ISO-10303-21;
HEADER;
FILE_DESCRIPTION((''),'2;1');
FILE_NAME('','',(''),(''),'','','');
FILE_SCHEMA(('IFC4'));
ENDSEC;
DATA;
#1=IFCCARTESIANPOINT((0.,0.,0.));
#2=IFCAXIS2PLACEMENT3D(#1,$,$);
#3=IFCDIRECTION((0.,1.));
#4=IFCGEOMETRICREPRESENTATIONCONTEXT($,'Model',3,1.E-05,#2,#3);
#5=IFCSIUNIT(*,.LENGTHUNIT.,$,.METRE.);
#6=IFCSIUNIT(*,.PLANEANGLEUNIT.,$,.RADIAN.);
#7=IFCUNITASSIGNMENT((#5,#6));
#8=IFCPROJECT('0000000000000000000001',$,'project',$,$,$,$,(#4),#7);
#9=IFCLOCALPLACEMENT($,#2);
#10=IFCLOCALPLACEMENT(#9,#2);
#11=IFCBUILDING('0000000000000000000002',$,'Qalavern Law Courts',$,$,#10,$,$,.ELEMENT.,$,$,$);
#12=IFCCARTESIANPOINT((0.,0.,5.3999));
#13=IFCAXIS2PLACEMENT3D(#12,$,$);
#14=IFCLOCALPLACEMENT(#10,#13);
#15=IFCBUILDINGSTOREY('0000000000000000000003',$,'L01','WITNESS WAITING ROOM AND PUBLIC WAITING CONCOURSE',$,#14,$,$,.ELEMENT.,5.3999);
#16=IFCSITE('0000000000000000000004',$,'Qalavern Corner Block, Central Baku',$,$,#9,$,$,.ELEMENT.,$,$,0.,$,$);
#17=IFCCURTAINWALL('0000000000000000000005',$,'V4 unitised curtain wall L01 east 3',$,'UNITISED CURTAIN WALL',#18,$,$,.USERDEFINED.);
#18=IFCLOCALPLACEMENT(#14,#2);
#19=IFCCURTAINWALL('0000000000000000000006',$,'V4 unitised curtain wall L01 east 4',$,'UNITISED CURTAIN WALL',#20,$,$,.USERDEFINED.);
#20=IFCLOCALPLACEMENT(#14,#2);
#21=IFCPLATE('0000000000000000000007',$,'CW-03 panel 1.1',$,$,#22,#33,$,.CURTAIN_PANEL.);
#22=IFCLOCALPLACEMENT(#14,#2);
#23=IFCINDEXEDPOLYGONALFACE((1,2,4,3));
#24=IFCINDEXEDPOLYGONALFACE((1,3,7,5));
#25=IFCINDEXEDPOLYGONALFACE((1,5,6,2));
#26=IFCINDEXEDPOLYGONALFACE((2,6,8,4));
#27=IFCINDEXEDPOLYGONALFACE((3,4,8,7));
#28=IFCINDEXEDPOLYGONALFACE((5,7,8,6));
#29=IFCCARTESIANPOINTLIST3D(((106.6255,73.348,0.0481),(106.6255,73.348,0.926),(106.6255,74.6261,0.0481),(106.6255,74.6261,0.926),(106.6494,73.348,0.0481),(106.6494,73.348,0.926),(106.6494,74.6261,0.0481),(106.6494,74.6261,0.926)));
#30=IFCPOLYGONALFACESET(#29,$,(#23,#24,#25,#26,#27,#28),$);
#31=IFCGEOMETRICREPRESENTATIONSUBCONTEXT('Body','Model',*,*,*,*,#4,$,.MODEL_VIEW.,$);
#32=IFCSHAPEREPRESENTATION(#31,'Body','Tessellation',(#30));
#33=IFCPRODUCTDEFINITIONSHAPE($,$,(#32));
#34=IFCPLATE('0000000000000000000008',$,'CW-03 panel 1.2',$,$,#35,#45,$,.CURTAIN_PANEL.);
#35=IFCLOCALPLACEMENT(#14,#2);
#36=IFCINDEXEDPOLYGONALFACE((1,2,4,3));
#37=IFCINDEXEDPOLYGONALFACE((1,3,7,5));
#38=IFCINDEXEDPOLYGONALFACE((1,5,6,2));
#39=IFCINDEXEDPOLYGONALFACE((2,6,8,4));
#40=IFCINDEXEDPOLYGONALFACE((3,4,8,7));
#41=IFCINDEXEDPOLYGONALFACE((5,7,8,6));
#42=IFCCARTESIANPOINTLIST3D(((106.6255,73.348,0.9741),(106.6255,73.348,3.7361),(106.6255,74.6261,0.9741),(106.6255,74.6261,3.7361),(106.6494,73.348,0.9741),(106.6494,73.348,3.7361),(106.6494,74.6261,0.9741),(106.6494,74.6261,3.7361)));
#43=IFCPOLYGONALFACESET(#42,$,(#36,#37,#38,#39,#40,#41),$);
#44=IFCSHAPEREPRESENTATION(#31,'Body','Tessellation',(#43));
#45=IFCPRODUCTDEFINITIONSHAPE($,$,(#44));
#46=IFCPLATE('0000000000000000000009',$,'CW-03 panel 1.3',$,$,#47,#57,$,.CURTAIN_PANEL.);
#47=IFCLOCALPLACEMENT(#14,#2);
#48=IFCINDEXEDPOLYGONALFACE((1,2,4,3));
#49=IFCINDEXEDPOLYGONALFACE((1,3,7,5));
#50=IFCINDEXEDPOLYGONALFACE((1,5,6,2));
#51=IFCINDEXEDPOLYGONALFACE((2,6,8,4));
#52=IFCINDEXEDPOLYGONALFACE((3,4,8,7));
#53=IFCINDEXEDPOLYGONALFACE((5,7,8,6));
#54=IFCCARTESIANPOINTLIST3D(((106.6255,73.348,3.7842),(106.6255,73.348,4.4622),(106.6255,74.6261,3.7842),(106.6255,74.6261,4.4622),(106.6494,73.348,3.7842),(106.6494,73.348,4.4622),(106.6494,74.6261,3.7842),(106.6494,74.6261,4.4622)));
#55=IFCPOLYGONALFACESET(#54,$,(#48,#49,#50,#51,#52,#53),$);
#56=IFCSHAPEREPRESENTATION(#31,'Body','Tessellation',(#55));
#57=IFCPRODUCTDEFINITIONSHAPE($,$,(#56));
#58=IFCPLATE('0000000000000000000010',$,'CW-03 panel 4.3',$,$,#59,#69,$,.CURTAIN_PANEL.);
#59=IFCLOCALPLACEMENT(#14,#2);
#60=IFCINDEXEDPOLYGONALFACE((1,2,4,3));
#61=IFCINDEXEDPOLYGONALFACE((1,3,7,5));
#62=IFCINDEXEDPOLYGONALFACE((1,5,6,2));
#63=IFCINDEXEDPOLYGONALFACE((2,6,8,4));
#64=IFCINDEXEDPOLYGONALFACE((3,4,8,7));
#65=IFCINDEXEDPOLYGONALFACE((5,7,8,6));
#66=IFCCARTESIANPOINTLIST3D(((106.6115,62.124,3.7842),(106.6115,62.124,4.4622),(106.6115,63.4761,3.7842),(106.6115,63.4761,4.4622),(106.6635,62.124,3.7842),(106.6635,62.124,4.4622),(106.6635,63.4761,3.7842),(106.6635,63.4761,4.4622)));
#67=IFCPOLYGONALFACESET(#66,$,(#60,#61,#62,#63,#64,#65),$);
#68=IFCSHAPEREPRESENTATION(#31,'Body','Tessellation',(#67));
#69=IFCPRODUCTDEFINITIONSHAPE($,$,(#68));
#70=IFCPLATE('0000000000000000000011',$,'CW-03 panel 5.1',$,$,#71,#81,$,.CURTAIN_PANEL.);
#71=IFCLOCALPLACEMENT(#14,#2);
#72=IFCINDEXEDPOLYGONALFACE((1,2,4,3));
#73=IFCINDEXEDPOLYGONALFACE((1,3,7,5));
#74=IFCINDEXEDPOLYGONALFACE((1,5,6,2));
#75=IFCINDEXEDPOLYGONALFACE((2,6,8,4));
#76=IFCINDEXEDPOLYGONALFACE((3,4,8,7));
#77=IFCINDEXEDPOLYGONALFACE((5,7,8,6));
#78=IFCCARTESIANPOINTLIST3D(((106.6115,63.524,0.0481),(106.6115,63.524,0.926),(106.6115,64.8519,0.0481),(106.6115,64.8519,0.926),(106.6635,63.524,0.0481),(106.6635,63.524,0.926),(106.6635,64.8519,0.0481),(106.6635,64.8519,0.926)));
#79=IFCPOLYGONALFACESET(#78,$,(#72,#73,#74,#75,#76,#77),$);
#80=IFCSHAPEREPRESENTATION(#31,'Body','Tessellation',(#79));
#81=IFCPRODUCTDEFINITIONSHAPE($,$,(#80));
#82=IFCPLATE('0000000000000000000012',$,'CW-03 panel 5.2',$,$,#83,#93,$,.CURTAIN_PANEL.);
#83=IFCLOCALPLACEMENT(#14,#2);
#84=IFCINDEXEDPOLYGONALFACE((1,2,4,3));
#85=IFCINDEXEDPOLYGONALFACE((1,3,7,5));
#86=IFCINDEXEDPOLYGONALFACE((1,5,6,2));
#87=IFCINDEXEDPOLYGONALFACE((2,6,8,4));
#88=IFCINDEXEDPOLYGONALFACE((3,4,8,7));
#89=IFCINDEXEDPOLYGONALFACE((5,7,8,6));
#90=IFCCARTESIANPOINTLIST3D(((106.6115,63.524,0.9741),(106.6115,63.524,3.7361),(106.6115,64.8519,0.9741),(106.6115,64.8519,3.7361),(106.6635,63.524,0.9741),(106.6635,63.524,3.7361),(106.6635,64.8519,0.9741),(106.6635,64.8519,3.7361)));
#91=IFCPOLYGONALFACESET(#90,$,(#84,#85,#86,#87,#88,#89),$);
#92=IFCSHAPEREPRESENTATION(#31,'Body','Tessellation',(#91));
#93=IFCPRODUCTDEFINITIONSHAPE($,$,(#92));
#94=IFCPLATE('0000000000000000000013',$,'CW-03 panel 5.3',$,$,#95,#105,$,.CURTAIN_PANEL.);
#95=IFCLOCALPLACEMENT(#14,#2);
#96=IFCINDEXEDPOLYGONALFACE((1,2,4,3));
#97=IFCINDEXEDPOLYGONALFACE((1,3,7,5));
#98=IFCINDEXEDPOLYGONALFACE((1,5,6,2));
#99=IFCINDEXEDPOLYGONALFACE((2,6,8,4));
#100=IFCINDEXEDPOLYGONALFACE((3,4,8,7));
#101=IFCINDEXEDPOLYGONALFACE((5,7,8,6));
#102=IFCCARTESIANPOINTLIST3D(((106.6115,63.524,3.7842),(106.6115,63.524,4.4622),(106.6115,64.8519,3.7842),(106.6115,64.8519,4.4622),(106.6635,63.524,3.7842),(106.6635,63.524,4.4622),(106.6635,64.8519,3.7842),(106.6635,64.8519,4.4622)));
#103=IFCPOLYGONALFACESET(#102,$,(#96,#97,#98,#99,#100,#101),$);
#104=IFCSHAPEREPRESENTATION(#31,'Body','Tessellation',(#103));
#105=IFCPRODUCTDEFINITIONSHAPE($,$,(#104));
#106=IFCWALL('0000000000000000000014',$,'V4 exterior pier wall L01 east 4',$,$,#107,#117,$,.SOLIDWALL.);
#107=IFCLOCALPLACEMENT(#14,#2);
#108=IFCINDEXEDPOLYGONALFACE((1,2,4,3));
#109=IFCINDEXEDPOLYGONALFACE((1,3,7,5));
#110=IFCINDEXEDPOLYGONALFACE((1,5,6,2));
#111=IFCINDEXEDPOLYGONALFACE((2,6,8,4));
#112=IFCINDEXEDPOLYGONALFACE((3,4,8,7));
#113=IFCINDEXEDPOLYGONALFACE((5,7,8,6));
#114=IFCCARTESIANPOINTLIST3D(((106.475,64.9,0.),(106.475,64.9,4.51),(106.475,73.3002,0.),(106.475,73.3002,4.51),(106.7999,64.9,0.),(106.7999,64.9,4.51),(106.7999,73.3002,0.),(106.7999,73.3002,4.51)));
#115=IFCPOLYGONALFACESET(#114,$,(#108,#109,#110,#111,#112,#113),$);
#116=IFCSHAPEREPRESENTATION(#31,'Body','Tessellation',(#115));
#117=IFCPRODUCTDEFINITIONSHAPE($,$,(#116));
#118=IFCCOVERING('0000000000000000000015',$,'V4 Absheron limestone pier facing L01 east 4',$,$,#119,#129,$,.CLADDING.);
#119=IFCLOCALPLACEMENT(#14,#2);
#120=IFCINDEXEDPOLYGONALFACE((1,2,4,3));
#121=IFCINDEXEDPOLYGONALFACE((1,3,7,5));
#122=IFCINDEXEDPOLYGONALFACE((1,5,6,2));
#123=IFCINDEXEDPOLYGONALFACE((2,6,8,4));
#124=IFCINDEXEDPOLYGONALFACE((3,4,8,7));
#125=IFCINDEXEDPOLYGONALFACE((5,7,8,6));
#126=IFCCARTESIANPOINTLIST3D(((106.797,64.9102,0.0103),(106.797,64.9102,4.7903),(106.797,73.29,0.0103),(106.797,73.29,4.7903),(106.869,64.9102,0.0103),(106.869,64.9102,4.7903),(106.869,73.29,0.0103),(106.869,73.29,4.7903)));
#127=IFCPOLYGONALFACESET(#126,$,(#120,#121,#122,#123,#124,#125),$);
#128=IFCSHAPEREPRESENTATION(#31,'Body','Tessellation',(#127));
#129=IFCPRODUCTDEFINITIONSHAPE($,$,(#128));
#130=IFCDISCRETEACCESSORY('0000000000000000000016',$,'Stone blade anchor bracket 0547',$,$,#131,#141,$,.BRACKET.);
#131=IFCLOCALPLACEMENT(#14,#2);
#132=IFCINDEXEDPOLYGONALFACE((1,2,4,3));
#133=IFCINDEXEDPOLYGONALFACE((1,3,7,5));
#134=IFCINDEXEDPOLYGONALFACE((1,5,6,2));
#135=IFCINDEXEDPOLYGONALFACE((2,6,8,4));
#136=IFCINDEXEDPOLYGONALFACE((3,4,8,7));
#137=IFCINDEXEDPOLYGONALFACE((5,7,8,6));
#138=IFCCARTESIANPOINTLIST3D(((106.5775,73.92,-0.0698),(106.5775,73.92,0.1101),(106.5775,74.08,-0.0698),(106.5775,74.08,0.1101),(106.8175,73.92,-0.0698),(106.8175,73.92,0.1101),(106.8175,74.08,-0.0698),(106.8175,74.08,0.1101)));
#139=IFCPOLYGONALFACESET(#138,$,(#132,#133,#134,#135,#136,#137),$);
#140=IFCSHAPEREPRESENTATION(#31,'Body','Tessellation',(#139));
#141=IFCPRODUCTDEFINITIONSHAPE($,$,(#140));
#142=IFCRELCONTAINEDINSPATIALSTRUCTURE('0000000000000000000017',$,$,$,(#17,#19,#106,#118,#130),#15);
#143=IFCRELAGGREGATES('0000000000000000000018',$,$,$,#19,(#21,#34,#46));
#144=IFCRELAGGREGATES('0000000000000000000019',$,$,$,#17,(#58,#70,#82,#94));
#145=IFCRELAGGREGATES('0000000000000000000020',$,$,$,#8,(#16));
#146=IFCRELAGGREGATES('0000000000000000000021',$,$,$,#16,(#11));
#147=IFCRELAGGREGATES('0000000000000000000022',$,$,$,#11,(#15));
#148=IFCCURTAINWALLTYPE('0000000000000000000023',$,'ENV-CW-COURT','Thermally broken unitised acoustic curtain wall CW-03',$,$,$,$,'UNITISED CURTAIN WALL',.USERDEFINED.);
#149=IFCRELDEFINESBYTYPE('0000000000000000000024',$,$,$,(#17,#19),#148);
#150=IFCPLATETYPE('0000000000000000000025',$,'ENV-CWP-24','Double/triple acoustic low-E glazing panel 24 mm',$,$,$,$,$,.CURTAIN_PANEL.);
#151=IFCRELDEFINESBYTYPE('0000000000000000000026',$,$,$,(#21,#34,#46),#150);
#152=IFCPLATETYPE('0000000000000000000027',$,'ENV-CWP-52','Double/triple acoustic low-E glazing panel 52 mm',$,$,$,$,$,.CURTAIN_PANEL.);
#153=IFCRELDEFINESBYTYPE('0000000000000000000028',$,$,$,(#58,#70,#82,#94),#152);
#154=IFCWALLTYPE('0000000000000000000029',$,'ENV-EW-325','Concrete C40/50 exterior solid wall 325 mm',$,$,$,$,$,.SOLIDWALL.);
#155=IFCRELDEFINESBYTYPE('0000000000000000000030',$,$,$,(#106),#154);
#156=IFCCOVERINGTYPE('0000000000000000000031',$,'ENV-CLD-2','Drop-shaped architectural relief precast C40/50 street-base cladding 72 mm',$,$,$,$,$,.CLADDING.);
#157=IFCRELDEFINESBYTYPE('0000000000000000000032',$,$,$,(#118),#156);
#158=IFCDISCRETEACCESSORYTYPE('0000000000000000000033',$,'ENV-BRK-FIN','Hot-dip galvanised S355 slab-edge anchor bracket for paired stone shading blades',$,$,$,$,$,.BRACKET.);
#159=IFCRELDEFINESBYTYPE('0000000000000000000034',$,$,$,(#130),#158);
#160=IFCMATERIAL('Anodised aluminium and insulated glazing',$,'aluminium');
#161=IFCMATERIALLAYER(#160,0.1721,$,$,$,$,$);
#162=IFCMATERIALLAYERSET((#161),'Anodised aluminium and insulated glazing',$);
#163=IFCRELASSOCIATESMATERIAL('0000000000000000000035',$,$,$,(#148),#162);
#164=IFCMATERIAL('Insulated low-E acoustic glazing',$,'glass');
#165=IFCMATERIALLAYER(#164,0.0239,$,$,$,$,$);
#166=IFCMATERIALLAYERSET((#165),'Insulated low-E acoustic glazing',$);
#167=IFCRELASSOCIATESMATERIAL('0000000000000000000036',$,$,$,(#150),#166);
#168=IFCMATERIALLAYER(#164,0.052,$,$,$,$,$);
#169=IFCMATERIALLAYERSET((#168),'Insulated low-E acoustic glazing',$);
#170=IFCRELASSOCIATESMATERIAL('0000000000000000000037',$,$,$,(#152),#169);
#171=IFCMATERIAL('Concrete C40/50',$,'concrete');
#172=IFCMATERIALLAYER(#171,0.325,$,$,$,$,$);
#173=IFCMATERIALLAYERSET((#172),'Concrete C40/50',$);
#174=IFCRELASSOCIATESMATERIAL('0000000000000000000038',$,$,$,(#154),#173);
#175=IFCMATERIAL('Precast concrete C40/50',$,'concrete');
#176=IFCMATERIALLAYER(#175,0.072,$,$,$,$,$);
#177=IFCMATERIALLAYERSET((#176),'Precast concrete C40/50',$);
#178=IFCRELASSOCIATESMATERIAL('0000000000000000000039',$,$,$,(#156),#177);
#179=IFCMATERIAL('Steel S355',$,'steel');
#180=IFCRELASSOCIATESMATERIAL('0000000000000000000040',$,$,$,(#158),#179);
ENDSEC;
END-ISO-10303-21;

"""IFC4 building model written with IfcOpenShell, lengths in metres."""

from ifc_helpers import new_model, si_unit, direction, frame, frame_2d, origin, origin_2d, place, context, subcontext, project, spatial, rectangle, extrude, material, layer, layer_set, type_object, element, aggregate, save


model = new_model("IFC4")

# Units and contexts
model_context = context("Model", 3, precision=1e-05, world=origin(), true_north=direction((0.0, 1.0)))
body_context = subcontext(model_context, "Body", "Model", "MODEL_VIEW")
ifc_project = project(units=[si_unit("LENGTHUNIT", "METRE"), si_unit("PLANEANGLEUNIT", "RADIAN")], contexts=[model_context])

# Site, building, storey
site_placement = place(None, origin())
site = spatial("IfcSite", under=ifc_project, at=site_placement, Name="Qalavern Corner Block, Central Baku", CompositionType="ELEMENT", RefElevation=0.0)
building_placement = place(site_placement, origin())
building = spatial("IfcBuilding", under=site, at=building_placement, Name="Qalavern Law Courts", CompositionType="ELEMENT")
storey_placement = place(building_placement, frame((0.0, 0.0, 5.3999)))
storey = spatial("IfcBuildingStorey", under=building, at=storey_placement, Name="L01", Description="WITNESS WAITING ROOM AND PUBLIC WAITING CONCOURSE", CompositionType="ELEMENT", Elevation=5.3999)

# Curtain wall
ifc_material_1 = material(Name="Anodised aluminium and insulated glazing", Category="aluminium")
ifc_layer_1 = layer(ifc_material_1, 0.1721)
ifc_layer_set_1 = layer_set([ifc_layer_1], Name="Anodised aluminium and insulated glazing")
curtain_wall_type = type_object("IfcCurtainWallType", Name="ENV-CW-COURT", Description="Thermally broken unitised acoustic curtain wall CW-03", ElementType="UNITISED CURTAIN WALL", PredefinedType="USERDEFINED", material=ifc_layer_set_1)
curtain_wall_1_placement = place(storey_placement, origin())
curtain_wall_1 = element("IfcCurtainWall", 1, at=curtain_wall_1_placement, inside=storey, type_object=curtain_wall_type, Name="V4 unitised curtain wall L01 east 3", ObjectType="UNITISED CURTAIN WALL", PredefinedType="USERDEFINED")

# Curtain wall
curtain_wall_2_placement = place(storey_placement, origin())
curtain_wall_2 = element("IfcCurtainWall", 2, at=curtain_wall_2_placement, inside=storey, type_object=curtain_wall_type, Name="V4 unitised curtain wall L01 east 4", ObjectType="UNITISED CURTAIN WALL", PredefinedType="USERDEFINED")

# Plates
ifc_material_2 = material(Name="Insulated low-E acoustic glazing", Category="glass")
ifc_layer_2 = layer(ifc_material_2, 0.0239)
ifc_layer_set_2 = layer_set([ifc_layer_2], Name="Insulated low-E acoustic glazing")
plate_type_1 = type_object("IfcPlateType", Name="ENV-CWP-24", Description="Double/triple acoustic low-E glazing panel 24 mm", PredefinedType="CURTAIN_PANEL", material=ifc_layer_set_2)
plate_1_placement = place(storey_placement, frame((106.6375, 73.9871, 0.0481), z_axis=(0.0, 0.0, 1.0), x_axis=(0.0, 1.0, 0.0)))
plate_1 = element("IfcPlate", 3, at=plate_1_placement, type_object=plate_type_1, Name="CW-03 panel 1.1", PredefinedType="CURTAIN_PANEL", context=body_context, shape_type="SweptSolid", body=[
    extrude(rectangle(XDim=1.2781, YDim=0.0239, at=origin_2d()), origin(), (0.0, 0.0, 1.0), 0.8779),
])
plate_2_placement = place(storey_placement, frame((106.6375, 73.9871, 0.9741), z_axis=(0.0, 0.0, 1.0), x_axis=(0.0, 1.0, 0.0)))
plate_2 = element("IfcPlate", 4, at=plate_2_placement, type_object=plate_type_1, Name="CW-03 panel 1.2", PredefinedType="CURTAIN_PANEL", context=body_context, shape_type="SweptSolid", body=[
    extrude(rectangle(XDim=1.2781, YDim=0.0239, at=origin_2d()), origin(), (0.0, 0.0, 1.0), 2.762),
])
plate_3_placement = place(storey_placement, frame((106.6375, 73.9871, 3.7842), z_axis=(0.0, 0.0, 1.0), x_axis=(0.0, 1.0, 0.0)))
plate_3 = element("IfcPlate", 5, at=plate_3_placement, type_object=plate_type_1, Name="CW-03 panel 1.3", PredefinedType="CURTAIN_PANEL", context=body_context, shape_type="SweptSolid", body=[
    extrude(rectangle(XDim=1.2781, YDim=0.0239, at=origin_2d()), origin(), (0.0, 0.0, 1.0), 0.678),
])
aggregate(curtain_wall_2, [plate_1, plate_2, plate_3])
ifc_layer_3 = layer(ifc_material_2, 0.052)
ifc_layer_set_3 = layer_set([ifc_layer_3], Name="Insulated low-E acoustic glazing")
plate_type_2 = type_object("IfcPlateType", Name="ENV-CWP-52", Description="Double/triple acoustic low-E glazing panel 52 mm", PredefinedType="CURTAIN_PANEL", material=ifc_layer_set_3)
plate_4_placement = place(storey_placement, frame((106.6375, 62.8, 3.7842), z_axis=(0.0, 0.0, 1.0), x_axis=(0.0, 1.0, 0.0)))
plate_4 = element("IfcPlate", 6, at=plate_4_placement, type_object=plate_type_2, Name="CW-03 panel 4.3", PredefinedType="CURTAIN_PANEL", context=body_context, shape_type="SweptSolid", body=[
    extrude(rectangle(XDim=1.3521, YDim=0.052, at=origin_2d()), origin(), (0.0, 0.0, 1.0), 0.678),
])
plate_5_placement = place(storey_placement, frame((106.6375, 64.188, 0.0481), z_axis=(0.0, 0.0, 1.0), x_axis=(0.0, 1.0, 0.0)))
plate_5 = element("IfcPlate", 7, at=plate_5_placement, type_object=plate_type_2, Name="CW-03 panel 5.1", PredefinedType="CURTAIN_PANEL", context=body_context, shape_type="SweptSolid", body=[
    extrude(rectangle(XDim=1.3279, YDim=0.052, at=origin_2d()), origin(), (0.0, 0.0, 1.0), 0.8779),
])
plate_6_placement = place(storey_placement, frame((106.6375, 64.188, 0.9741), z_axis=(0.0, 0.0, 1.0), x_axis=(0.0, 1.0, 0.0)))
plate_6 = element("IfcPlate", 8, at=plate_6_placement, type_object=plate_type_2, Name="CW-03 panel 5.2", PredefinedType="CURTAIN_PANEL", context=body_context, shape_type="SweptSolid", body=[
    extrude(rectangle(XDim=1.3279, YDim=0.052, at=origin_2d()), origin(), (0.0, 0.0, 1.0), 2.762),
])
plate_7_placement = place(storey_placement, frame((106.6375, 64.188, 3.7842), z_axis=(0.0, 0.0, 1.0), x_axis=(0.0, 1.0, 0.0)))
plate_7 = element("IfcPlate", 9, at=plate_7_placement, type_object=plate_type_2, Name="CW-03 panel 5.3", PredefinedType="CURTAIN_PANEL", context=body_context, shape_type="SweptSolid", body=[
    extrude(rectangle(XDim=1.3279, YDim=0.052, at=origin_2d()), origin(), (0.0, 0.0, 1.0), 0.678),
])
aggregate(curtain_wall_1, [plate_4, plate_5, plate_6, plate_7])

# Wall
ifc_material_3 = material(Name="Concrete C40/50", Category="concrete")
ifc_layer_4 = layer(ifc_material_3, 0.325)
ifc_layer_set_4 = layer_set([ifc_layer_4], Name="Concrete C40/50")
wall_type = type_object("IfcWallType", Name="ENV-EW-325", Description="Concrete C40/50 exterior solid wall 325 mm", PredefinedType="SOLIDWALL", material=ifc_layer_set_4)
wall_placement = place(storey_placement, frame((106.6375, 64.8999, 0.0), z_axis=(0.0, 0.0, 1.0), x_axis=(0.0, 1.0, 0.0)))
element("IfcWall", 10, at=wall_placement, inside=storey, type_object=wall_type, Name="V4 exterior pier wall L01 east 4", PredefinedType="SOLIDWALL", context=body_context, shape_type="SweptSolid", body=[
    extrude(rectangle(XDim=8.4001, YDim=0.325, at=frame_2d((4.2002, 0.0))), origin(), (0.0, 0.0, 1.0), 4.51),
])

# Covering
ifc_material_4 = material(Name="Precast concrete C40/50", Category="concrete")
ifc_layer_5 = layer(ifc_material_4, 0.072)
ifc_layer_set_5 = layer_set([ifc_layer_5], Name="Precast concrete C40/50")
covering_type = type_object("IfcCoveringType", Name="ENV-CLD-2", Description="Drop-shaped architectural relief precast C40/50 street-base cladding 72 mm", PredefinedType="CLADDING", material=ifc_layer_set_5)
covering_placement = place(storey_placement, frame((106.833, 69.1001, 0.0103), z_axis=(0.0, 0.0, 1.0), x_axis=(0.0, 1.0, 0.0)))
element("IfcCovering", 11, at=covering_placement, inside=storey, type_object=covering_type, Name="V4 Absheron limestone pier facing L01 east 4", PredefinedType="CLADDING", context=body_context, shape_type="SweptSolid", body=[
    extrude(rectangle(XDim=8.3799, YDim=0.072, at=origin_2d()), origin(), (0.0, 0.0, 1.0), 4.78),
])

# Discrete accessory
ifc_material_5 = material(Name="Steel S355", Category="steel")
discrete_accessory_type = type_object("IfcDiscreteAccessoryType", Name="ENV-BRK-FIN", Description="Hot-dip galvanised S355 slab-edge anchor bracket for paired stone shading blades", PredefinedType="BRACKET", material=ifc_material_5)
discrete_accessory_placement = place(storey_placement, frame((106.6975, 74.0, -0.0698), z_axis=(0.0, 0.0, 1.0), x_axis=(1.0, 0.0, 0.0)))
element("IfcDiscreteAccessory", 12, at=discrete_accessory_placement, inside=storey, type_object=discrete_accessory_type, Name="Stone blade anchor bracket 0547", PredefinedType="BRACKET", context=body_context, shape_type="SweptSolid", body=[
    extrude(rectangle(XDim=0.24, YDim=0.1599, at=origin_2d()), origin(), (0.0, 0.0, 1.0), 0.1799),
])

save(model, "model.ifc")
